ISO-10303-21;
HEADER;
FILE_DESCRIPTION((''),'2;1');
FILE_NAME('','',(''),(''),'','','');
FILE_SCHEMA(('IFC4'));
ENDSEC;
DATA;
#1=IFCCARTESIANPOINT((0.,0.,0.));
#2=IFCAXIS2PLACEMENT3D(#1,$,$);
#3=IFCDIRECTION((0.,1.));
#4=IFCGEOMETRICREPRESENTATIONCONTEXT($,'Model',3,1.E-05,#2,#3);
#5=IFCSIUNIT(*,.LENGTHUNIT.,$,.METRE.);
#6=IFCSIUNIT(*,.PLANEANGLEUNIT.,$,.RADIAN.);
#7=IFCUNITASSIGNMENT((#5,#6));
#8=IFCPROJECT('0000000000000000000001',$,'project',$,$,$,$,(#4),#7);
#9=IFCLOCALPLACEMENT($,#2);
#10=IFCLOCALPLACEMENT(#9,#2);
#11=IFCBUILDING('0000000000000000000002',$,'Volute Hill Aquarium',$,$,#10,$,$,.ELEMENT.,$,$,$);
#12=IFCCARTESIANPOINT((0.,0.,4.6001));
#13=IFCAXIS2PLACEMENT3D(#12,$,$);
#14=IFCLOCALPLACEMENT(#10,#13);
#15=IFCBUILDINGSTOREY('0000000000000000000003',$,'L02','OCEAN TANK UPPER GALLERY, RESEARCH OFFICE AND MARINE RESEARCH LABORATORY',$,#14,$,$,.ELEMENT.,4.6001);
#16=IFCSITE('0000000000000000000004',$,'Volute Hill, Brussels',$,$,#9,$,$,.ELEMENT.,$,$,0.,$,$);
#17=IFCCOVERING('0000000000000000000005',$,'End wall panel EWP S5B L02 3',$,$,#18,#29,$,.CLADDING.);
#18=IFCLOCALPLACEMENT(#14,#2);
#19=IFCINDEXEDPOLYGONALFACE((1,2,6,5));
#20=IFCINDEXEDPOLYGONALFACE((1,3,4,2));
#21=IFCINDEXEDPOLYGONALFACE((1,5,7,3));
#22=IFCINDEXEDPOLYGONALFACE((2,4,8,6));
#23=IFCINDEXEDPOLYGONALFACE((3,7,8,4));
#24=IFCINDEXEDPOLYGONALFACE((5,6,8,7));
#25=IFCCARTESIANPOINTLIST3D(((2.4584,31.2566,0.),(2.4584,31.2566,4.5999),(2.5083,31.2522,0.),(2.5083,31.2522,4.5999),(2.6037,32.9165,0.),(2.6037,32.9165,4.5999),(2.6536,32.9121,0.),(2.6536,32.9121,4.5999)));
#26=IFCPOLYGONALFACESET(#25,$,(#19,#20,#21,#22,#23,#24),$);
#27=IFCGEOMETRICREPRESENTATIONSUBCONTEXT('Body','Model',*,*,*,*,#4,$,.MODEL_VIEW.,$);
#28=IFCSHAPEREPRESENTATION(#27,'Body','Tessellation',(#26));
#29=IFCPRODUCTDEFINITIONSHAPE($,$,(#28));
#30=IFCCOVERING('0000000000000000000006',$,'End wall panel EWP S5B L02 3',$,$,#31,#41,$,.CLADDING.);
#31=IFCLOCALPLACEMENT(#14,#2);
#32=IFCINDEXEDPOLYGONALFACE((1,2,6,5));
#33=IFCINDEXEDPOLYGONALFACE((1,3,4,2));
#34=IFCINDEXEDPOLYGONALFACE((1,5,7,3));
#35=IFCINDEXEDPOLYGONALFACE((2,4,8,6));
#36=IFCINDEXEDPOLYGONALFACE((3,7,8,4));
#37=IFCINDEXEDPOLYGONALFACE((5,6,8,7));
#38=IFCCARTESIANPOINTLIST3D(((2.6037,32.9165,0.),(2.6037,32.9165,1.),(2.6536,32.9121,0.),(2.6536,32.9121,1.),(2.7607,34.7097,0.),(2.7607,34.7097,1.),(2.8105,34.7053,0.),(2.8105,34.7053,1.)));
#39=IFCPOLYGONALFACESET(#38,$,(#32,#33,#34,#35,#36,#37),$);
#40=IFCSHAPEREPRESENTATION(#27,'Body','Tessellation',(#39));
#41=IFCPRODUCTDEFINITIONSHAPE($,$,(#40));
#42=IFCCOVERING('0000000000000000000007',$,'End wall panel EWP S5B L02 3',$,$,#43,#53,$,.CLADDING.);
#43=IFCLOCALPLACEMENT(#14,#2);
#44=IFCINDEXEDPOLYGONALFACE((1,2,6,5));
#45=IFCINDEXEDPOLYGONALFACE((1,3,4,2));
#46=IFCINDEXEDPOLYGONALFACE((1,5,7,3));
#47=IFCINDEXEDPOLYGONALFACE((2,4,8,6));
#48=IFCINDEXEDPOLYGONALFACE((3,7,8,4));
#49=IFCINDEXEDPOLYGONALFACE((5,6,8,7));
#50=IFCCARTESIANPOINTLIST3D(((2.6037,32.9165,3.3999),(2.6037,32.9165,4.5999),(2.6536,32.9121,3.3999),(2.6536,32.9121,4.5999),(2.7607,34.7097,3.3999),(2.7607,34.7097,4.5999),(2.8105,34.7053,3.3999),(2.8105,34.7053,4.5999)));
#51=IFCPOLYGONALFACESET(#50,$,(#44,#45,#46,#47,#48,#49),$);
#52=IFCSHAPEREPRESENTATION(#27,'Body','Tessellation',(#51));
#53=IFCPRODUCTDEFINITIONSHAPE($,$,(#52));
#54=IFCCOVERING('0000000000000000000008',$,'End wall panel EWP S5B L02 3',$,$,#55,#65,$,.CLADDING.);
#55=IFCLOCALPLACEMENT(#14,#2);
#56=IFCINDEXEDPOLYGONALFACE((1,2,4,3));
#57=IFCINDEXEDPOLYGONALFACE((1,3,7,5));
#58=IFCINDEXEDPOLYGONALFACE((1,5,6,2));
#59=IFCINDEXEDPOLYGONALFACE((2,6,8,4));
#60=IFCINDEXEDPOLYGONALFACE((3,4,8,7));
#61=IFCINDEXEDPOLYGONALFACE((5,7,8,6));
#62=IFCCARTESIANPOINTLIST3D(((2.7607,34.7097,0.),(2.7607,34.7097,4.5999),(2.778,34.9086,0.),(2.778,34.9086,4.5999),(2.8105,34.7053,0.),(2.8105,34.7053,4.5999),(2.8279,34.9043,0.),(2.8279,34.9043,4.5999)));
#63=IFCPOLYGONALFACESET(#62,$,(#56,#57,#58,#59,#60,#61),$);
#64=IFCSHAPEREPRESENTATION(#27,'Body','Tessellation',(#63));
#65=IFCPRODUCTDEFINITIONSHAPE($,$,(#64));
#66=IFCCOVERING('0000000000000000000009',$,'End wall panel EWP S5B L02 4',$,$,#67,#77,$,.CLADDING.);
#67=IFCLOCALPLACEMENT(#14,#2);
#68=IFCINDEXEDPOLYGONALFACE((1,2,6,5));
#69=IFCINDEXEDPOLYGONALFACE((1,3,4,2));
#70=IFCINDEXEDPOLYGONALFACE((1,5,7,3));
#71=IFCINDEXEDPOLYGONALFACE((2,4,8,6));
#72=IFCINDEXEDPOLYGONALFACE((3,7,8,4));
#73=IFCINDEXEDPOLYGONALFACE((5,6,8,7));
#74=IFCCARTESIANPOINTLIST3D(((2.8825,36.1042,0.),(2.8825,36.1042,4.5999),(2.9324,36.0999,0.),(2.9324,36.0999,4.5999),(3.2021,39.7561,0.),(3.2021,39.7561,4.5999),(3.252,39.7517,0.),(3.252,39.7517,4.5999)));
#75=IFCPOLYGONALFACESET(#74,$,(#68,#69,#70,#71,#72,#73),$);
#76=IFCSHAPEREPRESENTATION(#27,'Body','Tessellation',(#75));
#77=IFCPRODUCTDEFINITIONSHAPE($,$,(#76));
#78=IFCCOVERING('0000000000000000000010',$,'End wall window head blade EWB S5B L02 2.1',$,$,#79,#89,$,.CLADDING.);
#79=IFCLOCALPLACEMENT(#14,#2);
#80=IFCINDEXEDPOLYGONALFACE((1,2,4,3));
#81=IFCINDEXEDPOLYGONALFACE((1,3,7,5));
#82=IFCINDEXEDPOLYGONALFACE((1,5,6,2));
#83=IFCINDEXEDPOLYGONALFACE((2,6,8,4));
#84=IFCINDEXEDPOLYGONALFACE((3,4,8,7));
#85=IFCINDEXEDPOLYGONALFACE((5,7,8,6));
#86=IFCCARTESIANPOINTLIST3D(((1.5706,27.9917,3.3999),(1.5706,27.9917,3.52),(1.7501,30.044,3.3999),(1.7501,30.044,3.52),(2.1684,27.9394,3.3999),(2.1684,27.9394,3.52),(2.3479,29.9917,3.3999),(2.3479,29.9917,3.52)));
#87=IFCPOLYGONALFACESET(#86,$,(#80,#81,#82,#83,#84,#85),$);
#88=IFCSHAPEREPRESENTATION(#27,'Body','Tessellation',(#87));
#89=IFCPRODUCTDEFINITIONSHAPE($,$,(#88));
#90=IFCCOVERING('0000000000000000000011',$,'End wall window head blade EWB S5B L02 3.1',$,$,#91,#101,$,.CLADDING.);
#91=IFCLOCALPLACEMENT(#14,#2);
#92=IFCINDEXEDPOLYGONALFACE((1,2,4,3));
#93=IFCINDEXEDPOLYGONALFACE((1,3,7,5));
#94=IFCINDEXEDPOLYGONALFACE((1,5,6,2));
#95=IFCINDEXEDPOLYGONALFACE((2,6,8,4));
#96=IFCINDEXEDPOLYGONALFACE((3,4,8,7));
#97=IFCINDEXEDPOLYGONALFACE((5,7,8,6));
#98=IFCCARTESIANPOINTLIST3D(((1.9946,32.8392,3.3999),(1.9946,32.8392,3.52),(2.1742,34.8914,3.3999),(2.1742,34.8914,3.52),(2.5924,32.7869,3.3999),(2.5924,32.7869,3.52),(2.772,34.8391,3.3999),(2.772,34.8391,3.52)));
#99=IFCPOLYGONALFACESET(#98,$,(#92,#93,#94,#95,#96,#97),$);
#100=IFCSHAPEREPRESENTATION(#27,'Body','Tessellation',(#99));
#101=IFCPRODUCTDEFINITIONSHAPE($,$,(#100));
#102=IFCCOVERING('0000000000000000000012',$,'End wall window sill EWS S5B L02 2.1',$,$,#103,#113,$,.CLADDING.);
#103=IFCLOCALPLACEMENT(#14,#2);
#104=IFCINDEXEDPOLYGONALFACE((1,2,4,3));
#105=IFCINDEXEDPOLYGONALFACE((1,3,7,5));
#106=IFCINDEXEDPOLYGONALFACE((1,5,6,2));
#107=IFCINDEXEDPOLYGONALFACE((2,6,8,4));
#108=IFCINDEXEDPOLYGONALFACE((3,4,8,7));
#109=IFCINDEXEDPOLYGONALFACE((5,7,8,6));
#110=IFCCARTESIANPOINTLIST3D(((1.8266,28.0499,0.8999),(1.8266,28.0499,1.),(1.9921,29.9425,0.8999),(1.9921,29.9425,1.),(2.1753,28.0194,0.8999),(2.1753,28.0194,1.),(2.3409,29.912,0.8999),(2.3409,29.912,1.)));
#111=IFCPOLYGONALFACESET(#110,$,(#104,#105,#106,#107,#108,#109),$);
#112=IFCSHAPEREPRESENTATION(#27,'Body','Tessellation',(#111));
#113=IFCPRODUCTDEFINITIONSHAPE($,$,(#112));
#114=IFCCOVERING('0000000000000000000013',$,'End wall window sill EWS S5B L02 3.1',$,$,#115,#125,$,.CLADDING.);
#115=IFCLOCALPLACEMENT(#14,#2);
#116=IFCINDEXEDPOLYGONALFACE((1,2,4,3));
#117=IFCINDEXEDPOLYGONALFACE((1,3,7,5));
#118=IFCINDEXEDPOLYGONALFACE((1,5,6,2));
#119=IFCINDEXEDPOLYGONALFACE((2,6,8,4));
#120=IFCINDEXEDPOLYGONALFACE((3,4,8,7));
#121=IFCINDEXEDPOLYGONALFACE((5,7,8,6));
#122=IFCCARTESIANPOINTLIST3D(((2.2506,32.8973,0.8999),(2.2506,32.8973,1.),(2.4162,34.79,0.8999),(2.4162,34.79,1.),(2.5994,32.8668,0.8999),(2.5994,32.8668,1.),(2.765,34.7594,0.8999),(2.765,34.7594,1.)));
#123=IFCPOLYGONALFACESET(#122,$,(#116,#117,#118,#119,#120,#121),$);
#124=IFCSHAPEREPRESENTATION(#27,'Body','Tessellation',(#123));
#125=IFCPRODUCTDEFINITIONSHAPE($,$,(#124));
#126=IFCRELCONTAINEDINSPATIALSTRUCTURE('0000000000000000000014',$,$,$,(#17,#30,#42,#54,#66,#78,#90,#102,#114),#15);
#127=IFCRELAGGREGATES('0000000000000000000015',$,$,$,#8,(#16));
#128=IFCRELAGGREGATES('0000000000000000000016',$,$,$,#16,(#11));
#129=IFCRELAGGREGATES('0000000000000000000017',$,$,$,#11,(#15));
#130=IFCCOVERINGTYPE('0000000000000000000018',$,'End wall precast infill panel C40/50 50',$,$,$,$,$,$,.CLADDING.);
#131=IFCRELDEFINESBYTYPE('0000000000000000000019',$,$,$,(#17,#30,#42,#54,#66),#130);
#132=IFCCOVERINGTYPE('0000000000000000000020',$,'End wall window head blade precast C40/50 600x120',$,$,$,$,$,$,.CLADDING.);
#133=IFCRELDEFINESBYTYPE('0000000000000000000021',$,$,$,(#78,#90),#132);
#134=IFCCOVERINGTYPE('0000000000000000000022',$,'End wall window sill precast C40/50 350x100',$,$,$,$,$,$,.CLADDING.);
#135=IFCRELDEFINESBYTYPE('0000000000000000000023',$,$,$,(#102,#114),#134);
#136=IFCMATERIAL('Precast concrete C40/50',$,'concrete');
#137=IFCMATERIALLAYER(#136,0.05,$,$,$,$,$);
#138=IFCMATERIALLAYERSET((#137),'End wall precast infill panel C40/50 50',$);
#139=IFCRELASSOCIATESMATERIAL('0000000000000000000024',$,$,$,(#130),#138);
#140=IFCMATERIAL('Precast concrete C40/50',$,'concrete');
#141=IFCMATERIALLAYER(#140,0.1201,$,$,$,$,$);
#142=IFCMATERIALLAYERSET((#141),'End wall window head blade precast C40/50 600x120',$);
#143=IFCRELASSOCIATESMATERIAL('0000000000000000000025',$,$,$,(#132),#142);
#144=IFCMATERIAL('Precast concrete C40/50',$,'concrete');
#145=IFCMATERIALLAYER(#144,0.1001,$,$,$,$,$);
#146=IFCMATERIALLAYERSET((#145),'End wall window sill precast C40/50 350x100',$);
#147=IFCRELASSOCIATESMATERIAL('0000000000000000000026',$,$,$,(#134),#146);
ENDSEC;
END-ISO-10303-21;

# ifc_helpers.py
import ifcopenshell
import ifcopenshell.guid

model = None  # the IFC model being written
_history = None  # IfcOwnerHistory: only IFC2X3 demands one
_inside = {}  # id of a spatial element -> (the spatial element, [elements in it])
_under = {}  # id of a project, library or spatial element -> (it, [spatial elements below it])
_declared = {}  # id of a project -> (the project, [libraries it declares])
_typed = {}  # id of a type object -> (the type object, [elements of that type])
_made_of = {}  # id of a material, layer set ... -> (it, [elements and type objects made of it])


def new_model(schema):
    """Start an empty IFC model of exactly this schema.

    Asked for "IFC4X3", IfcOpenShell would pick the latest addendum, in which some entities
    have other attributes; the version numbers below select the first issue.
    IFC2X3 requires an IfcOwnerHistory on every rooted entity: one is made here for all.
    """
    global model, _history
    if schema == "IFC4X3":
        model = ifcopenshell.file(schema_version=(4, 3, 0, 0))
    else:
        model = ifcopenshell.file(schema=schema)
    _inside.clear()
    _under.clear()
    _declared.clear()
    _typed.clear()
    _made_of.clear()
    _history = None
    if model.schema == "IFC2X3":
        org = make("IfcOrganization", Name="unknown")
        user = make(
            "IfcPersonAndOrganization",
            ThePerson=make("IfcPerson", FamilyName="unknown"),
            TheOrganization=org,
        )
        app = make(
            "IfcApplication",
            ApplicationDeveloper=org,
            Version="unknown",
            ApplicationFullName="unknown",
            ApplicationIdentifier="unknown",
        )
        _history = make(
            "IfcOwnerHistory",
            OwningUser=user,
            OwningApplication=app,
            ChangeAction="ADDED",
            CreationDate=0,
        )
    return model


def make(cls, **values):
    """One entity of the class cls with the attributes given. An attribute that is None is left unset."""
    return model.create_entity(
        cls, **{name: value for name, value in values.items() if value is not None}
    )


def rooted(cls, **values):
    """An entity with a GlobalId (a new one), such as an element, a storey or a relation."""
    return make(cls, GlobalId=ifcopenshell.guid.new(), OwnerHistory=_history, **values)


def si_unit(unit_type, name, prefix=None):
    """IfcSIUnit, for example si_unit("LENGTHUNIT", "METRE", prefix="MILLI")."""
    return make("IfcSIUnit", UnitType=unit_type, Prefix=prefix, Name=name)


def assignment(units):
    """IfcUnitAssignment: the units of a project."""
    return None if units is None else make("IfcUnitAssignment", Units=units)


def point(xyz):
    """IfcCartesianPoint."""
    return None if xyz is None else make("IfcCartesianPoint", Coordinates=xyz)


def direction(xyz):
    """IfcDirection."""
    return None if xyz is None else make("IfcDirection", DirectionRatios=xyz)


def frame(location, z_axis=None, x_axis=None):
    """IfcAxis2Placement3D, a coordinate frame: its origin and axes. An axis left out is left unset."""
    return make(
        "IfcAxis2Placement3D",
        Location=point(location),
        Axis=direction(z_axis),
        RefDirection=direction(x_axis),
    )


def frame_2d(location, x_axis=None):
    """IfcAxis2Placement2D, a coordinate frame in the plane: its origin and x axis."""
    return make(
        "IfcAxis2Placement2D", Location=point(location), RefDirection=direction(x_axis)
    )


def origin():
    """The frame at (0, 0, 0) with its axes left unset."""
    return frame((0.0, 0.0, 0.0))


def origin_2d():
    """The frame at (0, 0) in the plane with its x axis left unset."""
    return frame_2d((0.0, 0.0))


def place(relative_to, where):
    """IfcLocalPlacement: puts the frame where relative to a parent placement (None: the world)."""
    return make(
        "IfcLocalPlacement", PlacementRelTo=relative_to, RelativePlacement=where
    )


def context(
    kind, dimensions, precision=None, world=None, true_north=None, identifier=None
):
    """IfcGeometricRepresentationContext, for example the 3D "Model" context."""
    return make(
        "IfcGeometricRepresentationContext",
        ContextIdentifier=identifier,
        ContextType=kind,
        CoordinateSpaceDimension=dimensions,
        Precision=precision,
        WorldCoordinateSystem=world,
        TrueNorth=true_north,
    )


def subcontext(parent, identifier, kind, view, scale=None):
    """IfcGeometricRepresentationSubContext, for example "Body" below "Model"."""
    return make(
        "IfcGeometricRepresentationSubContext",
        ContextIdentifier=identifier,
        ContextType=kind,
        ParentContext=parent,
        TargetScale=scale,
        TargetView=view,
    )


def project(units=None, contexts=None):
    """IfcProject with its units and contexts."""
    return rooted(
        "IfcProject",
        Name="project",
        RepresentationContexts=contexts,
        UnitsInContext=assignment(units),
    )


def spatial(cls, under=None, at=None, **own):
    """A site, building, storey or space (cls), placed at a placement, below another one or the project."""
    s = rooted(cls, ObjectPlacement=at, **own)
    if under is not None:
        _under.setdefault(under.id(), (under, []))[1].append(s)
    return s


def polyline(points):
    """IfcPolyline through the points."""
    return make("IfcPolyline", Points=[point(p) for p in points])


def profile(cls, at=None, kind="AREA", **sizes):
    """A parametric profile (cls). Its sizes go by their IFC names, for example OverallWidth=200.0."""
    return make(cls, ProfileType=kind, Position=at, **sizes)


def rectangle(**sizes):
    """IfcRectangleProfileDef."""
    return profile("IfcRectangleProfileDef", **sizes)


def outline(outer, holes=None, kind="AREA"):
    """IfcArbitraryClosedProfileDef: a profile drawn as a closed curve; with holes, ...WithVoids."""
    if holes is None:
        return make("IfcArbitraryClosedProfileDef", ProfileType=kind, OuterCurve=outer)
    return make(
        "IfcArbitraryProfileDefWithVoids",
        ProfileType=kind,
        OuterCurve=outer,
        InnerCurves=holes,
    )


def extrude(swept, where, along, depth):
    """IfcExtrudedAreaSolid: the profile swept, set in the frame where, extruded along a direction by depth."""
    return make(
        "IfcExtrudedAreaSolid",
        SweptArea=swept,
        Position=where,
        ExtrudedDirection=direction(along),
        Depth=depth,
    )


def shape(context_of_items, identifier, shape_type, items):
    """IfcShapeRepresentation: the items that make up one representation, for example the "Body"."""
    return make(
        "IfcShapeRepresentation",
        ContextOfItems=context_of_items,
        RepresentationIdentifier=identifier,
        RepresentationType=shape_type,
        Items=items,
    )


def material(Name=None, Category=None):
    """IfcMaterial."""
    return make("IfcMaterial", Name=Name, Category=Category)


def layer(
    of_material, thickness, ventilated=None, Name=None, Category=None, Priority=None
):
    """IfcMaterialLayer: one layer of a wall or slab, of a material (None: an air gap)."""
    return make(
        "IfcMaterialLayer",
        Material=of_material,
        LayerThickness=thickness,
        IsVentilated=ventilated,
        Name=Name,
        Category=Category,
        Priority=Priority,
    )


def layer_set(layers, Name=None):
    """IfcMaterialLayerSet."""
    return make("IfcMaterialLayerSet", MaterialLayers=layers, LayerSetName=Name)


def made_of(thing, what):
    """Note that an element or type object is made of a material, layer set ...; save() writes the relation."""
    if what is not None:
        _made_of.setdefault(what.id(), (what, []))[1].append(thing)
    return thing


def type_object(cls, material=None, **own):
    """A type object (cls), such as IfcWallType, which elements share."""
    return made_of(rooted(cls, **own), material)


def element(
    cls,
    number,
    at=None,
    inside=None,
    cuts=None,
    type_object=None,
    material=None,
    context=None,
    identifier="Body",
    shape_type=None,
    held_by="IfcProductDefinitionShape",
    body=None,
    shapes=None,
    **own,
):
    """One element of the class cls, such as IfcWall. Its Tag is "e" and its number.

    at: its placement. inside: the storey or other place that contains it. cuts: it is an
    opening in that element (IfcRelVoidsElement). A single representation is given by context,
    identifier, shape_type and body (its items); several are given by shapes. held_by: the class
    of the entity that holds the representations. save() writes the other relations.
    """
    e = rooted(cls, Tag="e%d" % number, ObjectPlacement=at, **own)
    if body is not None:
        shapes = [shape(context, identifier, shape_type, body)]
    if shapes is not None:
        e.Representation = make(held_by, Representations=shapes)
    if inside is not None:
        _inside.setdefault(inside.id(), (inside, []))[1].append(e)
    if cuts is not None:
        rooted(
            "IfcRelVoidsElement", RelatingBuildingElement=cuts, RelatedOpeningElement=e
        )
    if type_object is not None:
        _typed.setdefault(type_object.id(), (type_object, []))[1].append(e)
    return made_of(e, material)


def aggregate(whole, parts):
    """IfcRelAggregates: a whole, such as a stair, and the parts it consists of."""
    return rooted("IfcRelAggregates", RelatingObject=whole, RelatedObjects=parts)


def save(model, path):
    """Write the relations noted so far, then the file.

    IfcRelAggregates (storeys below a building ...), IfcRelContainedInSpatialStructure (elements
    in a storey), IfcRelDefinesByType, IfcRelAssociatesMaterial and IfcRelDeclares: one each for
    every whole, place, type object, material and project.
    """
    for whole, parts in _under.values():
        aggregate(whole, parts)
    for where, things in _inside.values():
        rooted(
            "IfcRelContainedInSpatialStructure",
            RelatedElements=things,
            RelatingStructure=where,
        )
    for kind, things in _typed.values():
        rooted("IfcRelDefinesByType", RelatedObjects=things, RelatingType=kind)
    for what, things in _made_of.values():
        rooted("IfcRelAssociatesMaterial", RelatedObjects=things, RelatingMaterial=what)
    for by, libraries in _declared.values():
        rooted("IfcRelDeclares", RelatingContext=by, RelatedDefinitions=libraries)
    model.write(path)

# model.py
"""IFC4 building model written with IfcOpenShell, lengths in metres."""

from ifc_helpers import new_model, si_unit, direction, frame, origin, origin_2d, place, context, subcontext, project, spatial, polyline, rectangle, outline, extrude, material, layer, layer_set, type_object, element, save


model = new_model("IFC4")

# Units and contexts
model_context = context("Model", 3, precision=1e-05, world=origin(), true_north=direction((0.0, 1.0)))
body_context = subcontext(model_context, "Body", "Model", "MODEL_VIEW")
ifc_project = project(units=[si_unit("LENGTHUNIT", "METRE"), si_unit("PLANEANGLEUNIT", "RADIAN")], contexts=[model_context])

# Site, building, storey
site_placement = place(None, origin())
site = spatial("IfcSite", under=ifc_project, at=site_placement, Name="Volute Hill, Brussels", CompositionType="ELEMENT", RefElevation=0.0)
building_placement = place(site_placement, origin())
building = spatial("IfcBuilding", under=site, at=building_placement, Name="Volute Hill Aquarium", CompositionType="ELEMENT")
storey_placement = place(building_placement, frame((0.0, 0.0, 4.6001)))
storey = spatial("IfcBuildingStorey", under=building, at=storey_placement, Name="L02", Description="OCEAN TANK UPPER GALLERY, RESEARCH OFFICE AND MARINE RESEARCH LABORATORY", CompositionType="ELEMENT", Elevation=4.6001)

# Coverings
ifc_material_1 = material(Name="Precast concrete C40/50", Category="concrete")
ifc_layer_1 = layer(ifc_material_1, 0.05)
ifc_layer_set_1 = layer_set([ifc_layer_1], Name="End wall precast infill panel C40/50 50")
covering_type_1 = type_object("IfcCoveringType", Name="End wall precast infill panel C40/50 50", PredefinedType="CLADDING", material=ifc_layer_set_1)
covering_1_placement = place(storey_placement, frame((2.5083, 31.2522, 0.0), z_axis=(0.996193, -0.08718, 0.0), x_axis=(0.08718, 0.996193, 0.0)))
element("IfcCovering", 1, at=covering_1_placement, inside=storey, type_object=covering_type_1, Name="End wall panel EWP S5B L02 3", PredefinedType="CLADDING", context=body_context, shape_type="SweptSolid", body=[
    extrude(outline(polyline([(0.0, 0.0), (1.6663, 0.0), (1.6663, 4.5999), (0.0, 4.5999), (0.0, 0.0)])), origin(), (0.0, 0.0, -1.0), 0.05),
])
covering_2_placement = place(storey_placement, frame((2.6536, 32.9121, 0.0), z_axis=(0.99619, -0.087209, 0.0), x_axis=(0.087209, 0.99619, 0.0)))
element("IfcCovering", 2, at=covering_2_placement, inside=storey, type_object=covering_type_1, Name="End wall panel EWP S5B L02 3", PredefinedType="CLADDING", context=body_context, shape_type="SweptSolid", body=[
    extrude(outline(polyline([(0.0, 0.0), (1.8001, 0.0), (1.8001, 1.0), (0.0, 1.0), (0.0, 0.0)])), origin(), (0.0, 0.0, -1.0), 0.05),
])
covering_3_placement = place(storey_placement, frame((2.6536, 32.9121, 3.3999), z_axis=(0.99619, -0.087209, 0.0), x_axis=(0.087209, 0.99619, 0.0)))
element("IfcCovering", 3, at=covering_3_placement, inside=storey, type_object=covering_type_1, Name="End wall panel EWP S5B L02 3", PredefinedType="CLADDING", context=body_context, shape_type="SweptSolid", body=[
    extrude(outline(polyline([(0.0, 0.0), (1.8001, 0.0), (1.8001, 1.2), (0.0, 1.2), (0.0, 0.0)])), origin(), (0.0, 0.0, -1.0), 0.05),
])
covering_4_placement = place(storey_placement, frame((2.8105, 34.7053, 0.0), z_axis=(0.996227, -0.086788, 0.0), x_axis=(0.086788, 0.996227, 0.0)))
element("IfcCovering", 4, at=covering_4_placement, inside=storey, type_object=covering_type_1, Name="End wall panel EWP S5B L02 3", PredefinedType="CLADDING", context=body_context, shape_type="SweptSolid", body=[
    extrude(outline(polyline([(0.0, 0.0), (0.1997, 0.0), (0.1997, 4.5999), (0.0, 4.5999), (0.0, 0.0)])), origin(), (0.0, 0.0, -1.0), 0.05),
])
covering_5_placement = place(storey_placement, frame((2.9324, 36.0999, 0.0), z_axis=(0.996193, -0.087179, 0.0), x_axis=(0.087179, 0.996193, 0.0)))
element("IfcCovering", 5, at=covering_5_placement, inside=storey, type_object=covering_type_1, Name="End wall panel EWP S5B L02 4", PredefinedType="CLADDING", context=body_context, shape_type="SweptSolid", body=[
    extrude(outline(polyline([(0.0, 0.0), (3.6658, 0.0), (3.6658, 4.5999), (0.0, 4.5999), (0.0, 0.0)])), origin(), (0.0, 0.0, -1.0), 0.05),
])
ifc_material_2 = material(Name="Precast concrete C40/50", Category="concrete")
ifc_layer_2 = layer(ifc_material_2, 0.1201)
ifc_layer_set_2 = layer_set([ifc_layer_2], Name="End wall window head blade precast C40/50 600x120")
covering_type_2 = type_object("IfcCoveringType", Name="End wall window head blade precast C40/50 600x120", PredefinedType="CLADDING", material=ifc_layer_set_2)
for number, where, z_axis, x_axis, name in (
    (6, (1.9592, 28.9917, 3.3999), (0.0, 0.0, 1.0), (0.087153, 0.996195, 0.0), "End wall window head blade EWB S5B L02 2.1"),
    (7, (2.3833, 33.8391, 3.3999), (0.0, 0.0, 1.0), (0.087153, 0.996195, 0.0), "End wall window head blade EWB S5B L02 3.1"),
):
    element("IfcCovering", number, at=place(storey_placement, frame(where, z_axis=z_axis, x_axis=x_axis)), inside=storey, type_object=covering_type_2, Name=name, PredefinedType="CLADDING", context=body_context, shape_type="SweptSolid", body=[
        extrude(rectangle(XDim=2.0601, YDim=0.6001, at=origin_2d()), origin(), (0.0, 0.0, 1.0), 0.1201),
    ])
ifc_material_3 = material(Name="Precast concrete C40/50", Category="concrete")
ifc_layer_3 = layer(ifc_material_3, 0.1001)
ifc_layer_set_3 = layer_set([ifc_layer_3], Name="End wall window sill precast C40/50 350x100")
covering_type_3 = type_object("IfcCoveringType", Name="End wall window sill precast C40/50 350x100", PredefinedType="CLADDING", material=ifc_layer_set_3)
for number, where, z_axis, x_axis, name in (
    (8, (2.0837, 28.981, 0.8999), (0.0, 0.0, 1.0), (0.087153, 0.996195, 0.0), "End wall window sill EWS S5B L02 2.1"),
    (9, (2.5078, 33.8284, 0.8999), (0.0, 0.0, 1.0), (0.087153, 0.996195, 0.0), "End wall window sill EWS S5B L02 3.1"),
):
    element("IfcCovering", number, at=place(storey_placement, frame(where, z_axis=z_axis, x_axis=x_axis)), inside=storey, type_object=covering_type_3, Name=name, PredefinedType="CLADDING", context=body_context, shape_type="SweptSolid", body=[
        extrude(rectangle(XDim=1.8999, YDim=0.3501, at=origin_2d()), origin(), (0.0, 0.0, 1.0), 0.1001),
    ])

save(model, "model.ifc")
